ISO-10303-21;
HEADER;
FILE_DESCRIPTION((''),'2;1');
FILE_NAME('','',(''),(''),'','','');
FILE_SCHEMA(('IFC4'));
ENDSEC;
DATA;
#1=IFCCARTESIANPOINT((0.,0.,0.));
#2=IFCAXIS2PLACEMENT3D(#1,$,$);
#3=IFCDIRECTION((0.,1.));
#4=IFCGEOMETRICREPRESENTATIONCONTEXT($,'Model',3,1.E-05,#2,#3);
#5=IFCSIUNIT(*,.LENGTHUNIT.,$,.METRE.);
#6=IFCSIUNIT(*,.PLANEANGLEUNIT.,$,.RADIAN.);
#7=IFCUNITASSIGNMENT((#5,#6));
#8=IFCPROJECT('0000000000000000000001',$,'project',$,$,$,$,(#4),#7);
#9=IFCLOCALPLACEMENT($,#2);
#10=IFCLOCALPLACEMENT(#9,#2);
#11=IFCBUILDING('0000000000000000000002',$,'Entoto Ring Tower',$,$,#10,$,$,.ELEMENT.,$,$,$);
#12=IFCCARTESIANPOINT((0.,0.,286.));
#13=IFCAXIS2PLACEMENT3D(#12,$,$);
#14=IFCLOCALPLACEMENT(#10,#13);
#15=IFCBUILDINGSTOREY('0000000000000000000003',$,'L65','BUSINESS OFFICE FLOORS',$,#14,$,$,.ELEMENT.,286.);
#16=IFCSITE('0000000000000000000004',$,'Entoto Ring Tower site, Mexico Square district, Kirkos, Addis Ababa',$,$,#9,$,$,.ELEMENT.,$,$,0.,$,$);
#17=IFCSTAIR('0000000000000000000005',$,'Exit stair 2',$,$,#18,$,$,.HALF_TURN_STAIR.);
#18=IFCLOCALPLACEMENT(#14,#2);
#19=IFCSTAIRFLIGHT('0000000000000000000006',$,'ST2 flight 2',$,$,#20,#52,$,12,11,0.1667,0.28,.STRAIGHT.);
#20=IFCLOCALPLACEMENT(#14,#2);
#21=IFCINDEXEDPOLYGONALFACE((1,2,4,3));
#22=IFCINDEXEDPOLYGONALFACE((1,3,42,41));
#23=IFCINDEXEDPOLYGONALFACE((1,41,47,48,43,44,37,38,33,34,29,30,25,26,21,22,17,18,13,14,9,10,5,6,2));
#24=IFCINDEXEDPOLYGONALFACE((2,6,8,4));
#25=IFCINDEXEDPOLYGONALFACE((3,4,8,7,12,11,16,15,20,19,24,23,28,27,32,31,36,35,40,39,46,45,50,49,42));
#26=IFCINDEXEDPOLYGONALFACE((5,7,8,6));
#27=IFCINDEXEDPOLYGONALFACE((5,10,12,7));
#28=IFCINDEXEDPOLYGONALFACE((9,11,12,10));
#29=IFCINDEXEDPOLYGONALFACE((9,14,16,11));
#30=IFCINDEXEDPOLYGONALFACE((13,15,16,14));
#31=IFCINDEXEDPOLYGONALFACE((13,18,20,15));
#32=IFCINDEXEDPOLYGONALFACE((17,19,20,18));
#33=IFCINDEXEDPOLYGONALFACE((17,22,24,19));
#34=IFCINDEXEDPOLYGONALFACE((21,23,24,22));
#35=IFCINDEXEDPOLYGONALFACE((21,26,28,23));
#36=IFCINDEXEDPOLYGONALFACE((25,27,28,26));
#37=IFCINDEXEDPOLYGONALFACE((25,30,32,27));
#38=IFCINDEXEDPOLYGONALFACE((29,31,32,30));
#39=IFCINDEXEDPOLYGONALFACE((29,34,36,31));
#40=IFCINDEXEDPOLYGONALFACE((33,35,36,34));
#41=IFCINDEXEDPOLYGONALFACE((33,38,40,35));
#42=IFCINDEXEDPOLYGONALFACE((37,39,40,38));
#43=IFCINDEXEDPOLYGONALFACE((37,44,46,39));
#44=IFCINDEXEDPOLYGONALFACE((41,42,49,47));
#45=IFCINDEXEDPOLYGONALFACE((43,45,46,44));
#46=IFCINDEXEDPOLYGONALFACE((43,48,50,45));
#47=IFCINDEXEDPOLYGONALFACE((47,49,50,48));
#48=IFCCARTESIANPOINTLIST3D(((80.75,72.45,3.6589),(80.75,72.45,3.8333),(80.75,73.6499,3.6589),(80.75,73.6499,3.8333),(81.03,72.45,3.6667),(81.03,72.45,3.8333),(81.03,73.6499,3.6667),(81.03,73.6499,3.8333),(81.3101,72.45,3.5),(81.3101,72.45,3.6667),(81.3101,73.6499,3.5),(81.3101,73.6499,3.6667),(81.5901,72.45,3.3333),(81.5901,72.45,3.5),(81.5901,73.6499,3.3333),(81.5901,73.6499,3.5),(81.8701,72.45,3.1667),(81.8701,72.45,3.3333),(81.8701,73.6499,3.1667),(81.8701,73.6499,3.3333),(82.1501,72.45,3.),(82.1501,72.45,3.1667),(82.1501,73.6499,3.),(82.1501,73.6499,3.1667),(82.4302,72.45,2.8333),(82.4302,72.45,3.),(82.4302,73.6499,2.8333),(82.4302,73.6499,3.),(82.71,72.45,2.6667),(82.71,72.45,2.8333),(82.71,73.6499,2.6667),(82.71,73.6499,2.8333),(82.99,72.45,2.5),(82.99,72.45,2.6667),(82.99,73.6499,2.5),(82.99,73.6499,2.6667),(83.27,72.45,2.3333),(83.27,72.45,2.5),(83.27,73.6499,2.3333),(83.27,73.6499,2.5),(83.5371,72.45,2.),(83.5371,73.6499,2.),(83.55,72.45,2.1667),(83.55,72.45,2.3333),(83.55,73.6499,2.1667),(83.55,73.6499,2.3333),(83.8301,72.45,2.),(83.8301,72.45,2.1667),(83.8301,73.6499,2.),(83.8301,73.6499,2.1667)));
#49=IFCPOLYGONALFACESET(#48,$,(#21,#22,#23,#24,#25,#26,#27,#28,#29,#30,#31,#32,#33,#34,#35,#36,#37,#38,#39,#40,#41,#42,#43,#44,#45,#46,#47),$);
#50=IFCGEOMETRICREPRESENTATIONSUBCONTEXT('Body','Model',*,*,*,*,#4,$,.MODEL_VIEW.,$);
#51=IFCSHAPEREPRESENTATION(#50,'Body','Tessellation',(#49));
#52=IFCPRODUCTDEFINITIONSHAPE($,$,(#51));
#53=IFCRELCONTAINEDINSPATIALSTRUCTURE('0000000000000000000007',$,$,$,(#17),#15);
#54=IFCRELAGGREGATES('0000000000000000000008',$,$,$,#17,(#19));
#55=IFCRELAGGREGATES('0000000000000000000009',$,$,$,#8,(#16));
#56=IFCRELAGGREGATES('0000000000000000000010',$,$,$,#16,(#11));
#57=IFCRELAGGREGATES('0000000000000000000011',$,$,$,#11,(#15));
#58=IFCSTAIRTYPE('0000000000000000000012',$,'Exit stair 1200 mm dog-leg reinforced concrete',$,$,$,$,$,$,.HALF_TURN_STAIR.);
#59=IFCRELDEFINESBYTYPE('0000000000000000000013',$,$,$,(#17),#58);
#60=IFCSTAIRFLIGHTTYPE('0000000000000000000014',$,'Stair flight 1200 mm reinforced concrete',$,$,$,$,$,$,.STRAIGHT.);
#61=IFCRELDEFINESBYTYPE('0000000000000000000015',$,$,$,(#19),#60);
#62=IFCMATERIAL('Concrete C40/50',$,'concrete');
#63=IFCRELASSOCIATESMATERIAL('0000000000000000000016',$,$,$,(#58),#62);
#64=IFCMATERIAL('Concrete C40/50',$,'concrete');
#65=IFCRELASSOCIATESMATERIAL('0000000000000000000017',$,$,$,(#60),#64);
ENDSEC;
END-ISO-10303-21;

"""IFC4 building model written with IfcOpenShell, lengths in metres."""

from ifc_helpers import new_model, si_unit, direction, frame, origin, place, context, subcontext, project, spatial, polyline, outline, extrude, material, type_object, element, aggregate, save


model = new_model("IFC4")

# Units and contexts
model_context = context("Model", 3, precision=1e-05, world=origin(), true_north=direction((0.0, 1.0)))
body_context = subcontext(model_context, "Body", "Model", "MODEL_VIEW")
ifc_project = project(units=[si_unit("LENGTHUNIT", "METRE"), si_unit("PLANEANGLEUNIT", "RADIAN")], contexts=[model_context])

# Site, building, storey
site_placement = place(None, origin())
site = spatial("IfcSite", under=ifc_project, at=site_placement, Name="Entoto Ring Tower site, Mexico Square district, Kirkos, Addis Ababa", CompositionType="ELEMENT", RefElevation=0.0)
building_placement = place(site_placement, origin())
building = spatial("IfcBuilding", under=site, at=building_placement, Name="Entoto Ring Tower", CompositionType="ELEMENT")
storey_placement = place(building_placement, frame((0.0, 0.0, 286.0)))
storey = spatial("IfcBuildingStorey", under=building, at=storey_placement, Name="L65", Description="BUSINESS OFFICE FLOORS", CompositionType="ELEMENT", Elevation=286.0)

# Stair, stair flight
ifc_material_1 = material(Name="Concrete C40/50", Category="concrete")
stair_type = type_object("IfcStairType", Name="Exit stair 1200 mm dog-leg reinforced concrete", PredefinedType="HALF_TURN_STAIR", material=ifc_material_1)
stair_placement = place(storey_placement, origin())
stair = element("IfcStair", 1, at=stair_placement, inside=storey, type_object=stair_type, Name="Exit stair 2", PredefinedType="HALF_TURN_STAIR")
ifc_material_2 = material(Name="Concrete C40/50", Category="concrete")
stair_flight_type = type_object("IfcStairFlightType", Name="Stair flight 1200 mm reinforced concrete", PredefinedType="STRAIGHT", material=ifc_material_2)
stair_flight_1_placement = place(storey_placement, frame((83.8301, 73.05, 2.0), z_axis=(0.0, 0.0, 1.0), x_axis=(-1.0, 0.0, 0.0)))
stair_flight_1 = element("IfcStairFlight", 2, at=stair_flight_1_placement, type_object=stair_flight_type, Name="ST2 flight 2", NumberOfRisers=12, NumberOfTreads=11, PredefinedType="STRAIGHT", RiserHeight=0.1667, TreadLength=0.28, context=body_context, shape_type="SweptSolid", body=[
    extrude(outline(polyline([(0.0, 0.0), (0.0, 0.1667), (0.28, 0.1667), (0.28, 0.3333), (0.5601, 0.3333), (0.5601, 0.5), (0.8401, 0.5), (0.8401, 0.6667), (1.1201, 0.6667), (1.1201, 0.8333), (1.3999, 0.8333), (1.3999, 1.0), (1.6799, 1.0), (1.6799, 1.1667), (1.96, 1.1667), (1.96, 1.3333), (2.24, 1.3333), (2.24, 1.5), (2.52, 1.5), (2.52, 1.6667), (2.8, 1.6667), (2.8, 1.8333), (3.0801, 1.8333), (3.0801, 2.0), (3.0801, 1.6589), (0.293, 0.0), (0.0, 0.0)])), frame((0.0, 0.6001, 0.0), z_axis=(0.0, -1.0, 0.0), x_axis=(1.0, 0.0, 0.0)), (0.0, 0.0, 1.0), 1.2),
])
aggregate(stair, [stair_flight_1])

save(model, "model.ifc")
